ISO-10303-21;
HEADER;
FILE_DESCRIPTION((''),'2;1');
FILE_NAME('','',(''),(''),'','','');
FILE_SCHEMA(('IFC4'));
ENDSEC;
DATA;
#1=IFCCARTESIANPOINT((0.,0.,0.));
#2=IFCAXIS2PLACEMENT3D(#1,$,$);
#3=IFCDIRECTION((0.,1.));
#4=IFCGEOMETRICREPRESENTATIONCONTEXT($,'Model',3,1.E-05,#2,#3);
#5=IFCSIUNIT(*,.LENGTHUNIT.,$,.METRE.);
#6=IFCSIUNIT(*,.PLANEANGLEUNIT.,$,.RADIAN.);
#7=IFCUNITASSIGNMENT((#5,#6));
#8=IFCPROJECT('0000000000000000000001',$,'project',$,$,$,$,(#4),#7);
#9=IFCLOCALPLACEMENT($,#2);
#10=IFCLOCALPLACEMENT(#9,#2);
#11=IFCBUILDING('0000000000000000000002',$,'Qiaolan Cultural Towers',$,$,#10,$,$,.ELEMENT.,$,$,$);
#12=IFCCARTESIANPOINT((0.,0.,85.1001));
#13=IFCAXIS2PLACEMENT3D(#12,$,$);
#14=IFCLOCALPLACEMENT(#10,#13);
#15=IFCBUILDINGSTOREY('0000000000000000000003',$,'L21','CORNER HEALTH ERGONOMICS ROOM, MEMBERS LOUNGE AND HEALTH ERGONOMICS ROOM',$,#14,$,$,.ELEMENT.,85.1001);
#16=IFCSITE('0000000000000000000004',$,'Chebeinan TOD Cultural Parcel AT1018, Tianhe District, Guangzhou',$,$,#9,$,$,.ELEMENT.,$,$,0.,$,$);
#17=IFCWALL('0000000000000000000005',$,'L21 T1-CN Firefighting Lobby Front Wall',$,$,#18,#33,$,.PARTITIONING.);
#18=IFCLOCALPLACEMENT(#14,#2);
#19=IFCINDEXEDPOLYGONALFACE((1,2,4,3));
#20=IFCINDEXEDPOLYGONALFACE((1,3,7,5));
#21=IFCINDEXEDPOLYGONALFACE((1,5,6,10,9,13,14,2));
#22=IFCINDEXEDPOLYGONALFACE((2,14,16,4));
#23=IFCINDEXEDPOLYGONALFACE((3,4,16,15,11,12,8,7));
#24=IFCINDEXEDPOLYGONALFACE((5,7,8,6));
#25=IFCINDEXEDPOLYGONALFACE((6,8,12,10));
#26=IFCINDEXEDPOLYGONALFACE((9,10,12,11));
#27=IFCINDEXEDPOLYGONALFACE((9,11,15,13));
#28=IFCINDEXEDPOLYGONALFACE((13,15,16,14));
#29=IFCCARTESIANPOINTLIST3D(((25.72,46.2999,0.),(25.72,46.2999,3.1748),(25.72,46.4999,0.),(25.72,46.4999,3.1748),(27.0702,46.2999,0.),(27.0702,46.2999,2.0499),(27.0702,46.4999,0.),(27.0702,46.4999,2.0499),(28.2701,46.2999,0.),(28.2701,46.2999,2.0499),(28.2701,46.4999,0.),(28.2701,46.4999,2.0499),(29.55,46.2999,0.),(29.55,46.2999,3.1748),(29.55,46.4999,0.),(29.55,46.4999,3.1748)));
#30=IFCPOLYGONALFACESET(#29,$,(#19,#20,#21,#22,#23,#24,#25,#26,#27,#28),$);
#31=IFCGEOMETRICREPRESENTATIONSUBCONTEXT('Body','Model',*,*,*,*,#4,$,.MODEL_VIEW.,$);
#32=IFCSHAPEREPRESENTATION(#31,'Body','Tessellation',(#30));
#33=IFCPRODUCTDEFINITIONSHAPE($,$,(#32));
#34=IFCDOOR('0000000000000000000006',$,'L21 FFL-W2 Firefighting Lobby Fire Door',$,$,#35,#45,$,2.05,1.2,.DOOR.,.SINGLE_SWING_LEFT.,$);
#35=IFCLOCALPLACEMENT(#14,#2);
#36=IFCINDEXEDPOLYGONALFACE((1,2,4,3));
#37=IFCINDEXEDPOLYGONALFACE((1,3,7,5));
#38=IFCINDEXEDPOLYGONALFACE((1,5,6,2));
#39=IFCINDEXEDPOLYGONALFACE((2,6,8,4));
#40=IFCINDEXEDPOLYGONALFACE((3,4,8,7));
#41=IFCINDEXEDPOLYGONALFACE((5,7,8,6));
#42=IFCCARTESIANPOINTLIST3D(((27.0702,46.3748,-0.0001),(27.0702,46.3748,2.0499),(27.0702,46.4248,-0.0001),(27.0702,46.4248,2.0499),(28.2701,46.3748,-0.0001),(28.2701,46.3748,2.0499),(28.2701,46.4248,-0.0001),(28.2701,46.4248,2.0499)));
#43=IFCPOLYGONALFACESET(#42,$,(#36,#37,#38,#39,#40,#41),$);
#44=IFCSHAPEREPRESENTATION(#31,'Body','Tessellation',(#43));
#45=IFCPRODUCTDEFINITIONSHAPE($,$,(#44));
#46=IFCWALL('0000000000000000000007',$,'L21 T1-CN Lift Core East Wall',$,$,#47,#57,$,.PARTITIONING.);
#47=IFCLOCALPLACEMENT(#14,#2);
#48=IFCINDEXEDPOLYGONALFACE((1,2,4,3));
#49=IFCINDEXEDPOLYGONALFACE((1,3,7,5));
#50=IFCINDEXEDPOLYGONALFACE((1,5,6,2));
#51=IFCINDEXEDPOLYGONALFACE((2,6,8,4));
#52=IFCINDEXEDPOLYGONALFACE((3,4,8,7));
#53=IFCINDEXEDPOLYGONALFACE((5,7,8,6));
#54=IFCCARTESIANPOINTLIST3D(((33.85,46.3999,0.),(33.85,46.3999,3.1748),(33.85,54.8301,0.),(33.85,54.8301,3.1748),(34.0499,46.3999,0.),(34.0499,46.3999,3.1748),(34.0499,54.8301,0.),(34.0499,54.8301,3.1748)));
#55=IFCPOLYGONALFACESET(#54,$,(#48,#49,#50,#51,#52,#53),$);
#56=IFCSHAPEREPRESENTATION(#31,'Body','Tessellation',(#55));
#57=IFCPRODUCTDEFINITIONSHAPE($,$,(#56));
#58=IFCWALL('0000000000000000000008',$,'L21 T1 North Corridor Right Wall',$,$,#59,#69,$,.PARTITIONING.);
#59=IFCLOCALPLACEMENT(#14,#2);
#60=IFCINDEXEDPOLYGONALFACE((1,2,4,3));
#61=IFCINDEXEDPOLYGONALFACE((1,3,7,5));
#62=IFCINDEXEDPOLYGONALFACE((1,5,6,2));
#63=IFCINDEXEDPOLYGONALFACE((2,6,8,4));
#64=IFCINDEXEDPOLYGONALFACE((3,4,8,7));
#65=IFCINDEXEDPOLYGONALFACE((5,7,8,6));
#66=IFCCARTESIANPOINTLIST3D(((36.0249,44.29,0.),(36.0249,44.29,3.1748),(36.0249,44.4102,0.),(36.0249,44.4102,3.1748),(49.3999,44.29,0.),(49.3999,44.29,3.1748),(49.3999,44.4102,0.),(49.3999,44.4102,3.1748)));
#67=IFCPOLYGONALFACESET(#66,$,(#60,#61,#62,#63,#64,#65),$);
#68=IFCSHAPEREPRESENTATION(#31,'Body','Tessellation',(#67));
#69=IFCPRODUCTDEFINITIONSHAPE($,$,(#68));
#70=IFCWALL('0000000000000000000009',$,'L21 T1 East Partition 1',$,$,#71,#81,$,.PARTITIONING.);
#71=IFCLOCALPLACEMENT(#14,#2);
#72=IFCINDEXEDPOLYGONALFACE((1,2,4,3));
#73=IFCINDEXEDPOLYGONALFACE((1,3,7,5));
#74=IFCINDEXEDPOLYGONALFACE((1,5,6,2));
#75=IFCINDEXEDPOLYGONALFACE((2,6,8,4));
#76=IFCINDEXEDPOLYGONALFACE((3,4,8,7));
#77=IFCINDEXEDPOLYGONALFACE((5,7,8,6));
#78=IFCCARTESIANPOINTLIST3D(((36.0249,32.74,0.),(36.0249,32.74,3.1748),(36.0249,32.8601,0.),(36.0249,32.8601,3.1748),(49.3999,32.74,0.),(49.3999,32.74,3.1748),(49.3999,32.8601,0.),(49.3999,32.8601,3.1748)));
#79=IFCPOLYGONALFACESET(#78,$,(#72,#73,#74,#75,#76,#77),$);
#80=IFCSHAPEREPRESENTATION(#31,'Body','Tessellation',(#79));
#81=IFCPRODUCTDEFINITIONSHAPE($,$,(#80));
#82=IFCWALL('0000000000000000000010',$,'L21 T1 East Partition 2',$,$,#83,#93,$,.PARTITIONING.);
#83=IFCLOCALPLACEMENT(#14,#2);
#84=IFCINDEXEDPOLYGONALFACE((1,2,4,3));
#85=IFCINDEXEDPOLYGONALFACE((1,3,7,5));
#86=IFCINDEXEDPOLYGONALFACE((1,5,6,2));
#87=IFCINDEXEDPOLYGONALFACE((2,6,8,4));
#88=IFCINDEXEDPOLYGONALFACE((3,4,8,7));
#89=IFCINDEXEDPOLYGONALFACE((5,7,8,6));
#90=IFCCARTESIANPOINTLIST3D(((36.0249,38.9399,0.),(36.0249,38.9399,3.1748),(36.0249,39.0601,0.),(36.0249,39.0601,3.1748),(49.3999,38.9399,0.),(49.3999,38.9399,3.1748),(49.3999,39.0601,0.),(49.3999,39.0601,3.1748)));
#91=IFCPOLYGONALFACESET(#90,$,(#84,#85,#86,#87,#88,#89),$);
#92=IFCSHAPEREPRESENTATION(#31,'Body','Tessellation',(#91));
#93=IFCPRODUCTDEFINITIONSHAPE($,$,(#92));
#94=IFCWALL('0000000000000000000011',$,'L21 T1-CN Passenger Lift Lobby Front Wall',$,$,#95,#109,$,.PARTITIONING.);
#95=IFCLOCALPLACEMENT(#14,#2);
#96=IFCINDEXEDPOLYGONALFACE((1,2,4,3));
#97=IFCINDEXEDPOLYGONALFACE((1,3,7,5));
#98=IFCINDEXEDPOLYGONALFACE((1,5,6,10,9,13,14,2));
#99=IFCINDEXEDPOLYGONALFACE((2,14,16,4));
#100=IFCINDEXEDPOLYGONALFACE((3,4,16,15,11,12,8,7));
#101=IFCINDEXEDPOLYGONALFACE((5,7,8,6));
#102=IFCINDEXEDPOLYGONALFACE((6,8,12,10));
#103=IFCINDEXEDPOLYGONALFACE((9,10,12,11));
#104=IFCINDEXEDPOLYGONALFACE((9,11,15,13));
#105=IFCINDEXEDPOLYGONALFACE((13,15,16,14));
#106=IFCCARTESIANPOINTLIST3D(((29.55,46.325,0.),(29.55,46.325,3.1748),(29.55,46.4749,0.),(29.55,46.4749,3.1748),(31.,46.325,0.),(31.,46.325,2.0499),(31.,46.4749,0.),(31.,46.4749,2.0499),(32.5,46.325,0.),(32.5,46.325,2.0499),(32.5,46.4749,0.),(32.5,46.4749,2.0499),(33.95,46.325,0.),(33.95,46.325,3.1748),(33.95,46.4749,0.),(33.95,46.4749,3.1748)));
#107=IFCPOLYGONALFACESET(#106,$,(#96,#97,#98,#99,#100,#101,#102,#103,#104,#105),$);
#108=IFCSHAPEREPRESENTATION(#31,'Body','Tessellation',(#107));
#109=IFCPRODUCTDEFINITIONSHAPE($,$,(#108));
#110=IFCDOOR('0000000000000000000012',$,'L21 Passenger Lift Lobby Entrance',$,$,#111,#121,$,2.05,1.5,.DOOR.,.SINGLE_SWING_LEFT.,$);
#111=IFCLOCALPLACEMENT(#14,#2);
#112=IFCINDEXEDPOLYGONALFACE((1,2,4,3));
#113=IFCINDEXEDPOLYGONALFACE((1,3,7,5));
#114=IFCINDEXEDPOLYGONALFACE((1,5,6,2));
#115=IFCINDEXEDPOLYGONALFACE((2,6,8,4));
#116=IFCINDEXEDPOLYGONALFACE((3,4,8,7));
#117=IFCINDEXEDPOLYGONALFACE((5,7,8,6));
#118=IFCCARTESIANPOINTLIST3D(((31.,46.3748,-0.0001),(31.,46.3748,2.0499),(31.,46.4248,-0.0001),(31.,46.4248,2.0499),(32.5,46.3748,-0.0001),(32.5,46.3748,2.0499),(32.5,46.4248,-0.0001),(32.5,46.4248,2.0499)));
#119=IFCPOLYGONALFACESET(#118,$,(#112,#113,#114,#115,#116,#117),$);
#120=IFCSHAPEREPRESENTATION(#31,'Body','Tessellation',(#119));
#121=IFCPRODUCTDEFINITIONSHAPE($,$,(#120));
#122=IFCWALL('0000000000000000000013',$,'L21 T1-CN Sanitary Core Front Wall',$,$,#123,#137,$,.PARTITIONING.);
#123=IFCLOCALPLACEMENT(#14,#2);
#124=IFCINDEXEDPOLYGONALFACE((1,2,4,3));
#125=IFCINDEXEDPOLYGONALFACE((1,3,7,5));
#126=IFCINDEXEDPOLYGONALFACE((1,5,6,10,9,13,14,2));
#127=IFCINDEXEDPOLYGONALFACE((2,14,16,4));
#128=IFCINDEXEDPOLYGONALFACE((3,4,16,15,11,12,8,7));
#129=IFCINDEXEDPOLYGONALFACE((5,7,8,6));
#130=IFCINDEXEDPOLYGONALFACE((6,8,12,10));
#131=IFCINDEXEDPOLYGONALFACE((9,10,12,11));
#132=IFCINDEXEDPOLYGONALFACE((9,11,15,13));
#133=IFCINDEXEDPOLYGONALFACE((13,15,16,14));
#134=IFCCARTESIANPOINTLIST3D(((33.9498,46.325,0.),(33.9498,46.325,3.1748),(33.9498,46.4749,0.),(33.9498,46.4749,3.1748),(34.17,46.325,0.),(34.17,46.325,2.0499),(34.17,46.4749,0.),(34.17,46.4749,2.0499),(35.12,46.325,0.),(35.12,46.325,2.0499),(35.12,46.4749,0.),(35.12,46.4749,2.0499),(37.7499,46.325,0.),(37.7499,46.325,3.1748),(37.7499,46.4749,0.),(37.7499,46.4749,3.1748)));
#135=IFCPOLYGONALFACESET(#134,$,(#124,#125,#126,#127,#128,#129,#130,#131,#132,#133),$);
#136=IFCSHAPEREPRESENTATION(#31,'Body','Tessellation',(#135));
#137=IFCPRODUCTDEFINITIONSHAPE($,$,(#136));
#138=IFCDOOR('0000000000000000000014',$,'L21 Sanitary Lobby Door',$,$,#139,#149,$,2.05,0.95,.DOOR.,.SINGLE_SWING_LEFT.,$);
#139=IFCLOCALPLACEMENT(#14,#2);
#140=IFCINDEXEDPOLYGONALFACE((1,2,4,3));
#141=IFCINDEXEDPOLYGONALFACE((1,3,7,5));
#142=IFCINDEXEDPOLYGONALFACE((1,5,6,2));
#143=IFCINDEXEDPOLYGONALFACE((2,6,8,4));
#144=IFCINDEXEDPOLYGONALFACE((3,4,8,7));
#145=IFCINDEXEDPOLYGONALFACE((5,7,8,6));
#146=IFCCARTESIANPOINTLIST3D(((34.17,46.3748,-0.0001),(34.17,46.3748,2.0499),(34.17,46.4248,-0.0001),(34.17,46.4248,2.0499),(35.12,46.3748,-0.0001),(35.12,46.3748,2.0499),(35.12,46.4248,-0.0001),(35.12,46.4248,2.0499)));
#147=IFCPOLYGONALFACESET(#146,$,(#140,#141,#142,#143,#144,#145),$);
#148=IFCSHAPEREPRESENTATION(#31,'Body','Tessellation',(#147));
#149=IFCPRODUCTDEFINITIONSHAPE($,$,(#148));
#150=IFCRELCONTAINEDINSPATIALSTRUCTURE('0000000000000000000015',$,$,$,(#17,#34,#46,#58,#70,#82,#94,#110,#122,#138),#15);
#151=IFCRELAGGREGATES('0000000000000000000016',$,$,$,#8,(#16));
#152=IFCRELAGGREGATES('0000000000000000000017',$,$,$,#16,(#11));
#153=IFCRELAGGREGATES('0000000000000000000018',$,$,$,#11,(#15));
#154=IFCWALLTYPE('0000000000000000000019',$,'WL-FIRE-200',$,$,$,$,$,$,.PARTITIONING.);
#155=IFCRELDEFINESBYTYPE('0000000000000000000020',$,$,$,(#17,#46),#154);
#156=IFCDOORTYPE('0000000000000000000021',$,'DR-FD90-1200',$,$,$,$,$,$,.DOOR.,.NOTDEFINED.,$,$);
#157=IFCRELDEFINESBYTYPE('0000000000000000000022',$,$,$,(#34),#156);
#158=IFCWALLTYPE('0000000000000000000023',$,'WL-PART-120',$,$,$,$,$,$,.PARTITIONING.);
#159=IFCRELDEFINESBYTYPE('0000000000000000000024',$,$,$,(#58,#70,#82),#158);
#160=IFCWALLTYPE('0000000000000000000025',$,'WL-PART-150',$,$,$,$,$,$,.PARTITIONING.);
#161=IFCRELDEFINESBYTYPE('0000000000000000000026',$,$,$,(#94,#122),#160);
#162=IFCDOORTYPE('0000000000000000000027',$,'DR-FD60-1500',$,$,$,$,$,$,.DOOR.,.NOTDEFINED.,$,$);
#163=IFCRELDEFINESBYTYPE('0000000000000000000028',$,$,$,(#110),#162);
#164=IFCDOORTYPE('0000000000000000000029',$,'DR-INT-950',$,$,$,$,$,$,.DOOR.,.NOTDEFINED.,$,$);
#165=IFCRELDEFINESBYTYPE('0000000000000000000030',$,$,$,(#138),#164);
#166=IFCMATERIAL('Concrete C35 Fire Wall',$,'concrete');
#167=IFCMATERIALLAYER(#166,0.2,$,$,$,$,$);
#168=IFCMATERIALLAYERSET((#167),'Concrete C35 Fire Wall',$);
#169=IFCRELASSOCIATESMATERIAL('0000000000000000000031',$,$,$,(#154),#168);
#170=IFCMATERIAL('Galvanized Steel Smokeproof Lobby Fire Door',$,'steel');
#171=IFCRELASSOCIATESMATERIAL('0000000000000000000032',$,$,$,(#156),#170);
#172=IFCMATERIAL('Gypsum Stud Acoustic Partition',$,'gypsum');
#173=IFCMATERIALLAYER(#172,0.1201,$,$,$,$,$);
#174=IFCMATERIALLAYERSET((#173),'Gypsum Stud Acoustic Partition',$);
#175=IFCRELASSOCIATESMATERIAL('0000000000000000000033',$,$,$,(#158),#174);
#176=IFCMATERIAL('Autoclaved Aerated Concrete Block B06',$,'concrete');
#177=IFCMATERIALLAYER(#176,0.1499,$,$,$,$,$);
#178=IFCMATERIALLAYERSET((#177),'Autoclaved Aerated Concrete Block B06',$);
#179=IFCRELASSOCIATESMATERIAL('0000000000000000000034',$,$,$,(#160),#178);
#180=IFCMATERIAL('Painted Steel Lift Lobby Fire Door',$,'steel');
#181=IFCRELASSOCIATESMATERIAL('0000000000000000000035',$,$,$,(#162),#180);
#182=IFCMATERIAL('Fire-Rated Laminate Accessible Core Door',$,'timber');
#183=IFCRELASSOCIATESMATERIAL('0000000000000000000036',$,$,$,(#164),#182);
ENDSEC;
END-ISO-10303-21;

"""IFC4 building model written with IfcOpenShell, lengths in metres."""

from ifc_helpers import new_model, si_unit, direction, frame, frame_2d, origin, place, context, subcontext, project, spatial, rectangle, extrude, material, layer, layer_set, type_object, element, fill, save


model = new_model("IFC4")

# Units and contexts
model_context = context("Model", 3, precision=1e-05, world=origin(), true_north=direction((0.0, 1.0)))
body_context = subcontext(model_context, "Body", "Model", "MODEL_VIEW")
ifc_project = project(units=[si_unit("LENGTHUNIT", "METRE"), si_unit("PLANEANGLEUNIT", "RADIAN")], contexts=[model_context])

# Site, building, storey
site_placement = place(None, origin())
site = spatial("IfcSite", under=ifc_project, at=site_placement, Name="Chebeinan TOD Cultural Parcel AT1018, Tianhe District, Guangzhou", CompositionType="ELEMENT", RefElevation=0.0)
building_placement = place(site_placement, origin())
building = spatial("IfcBuilding", under=site, at=building_placement, Name="Qiaolan Cultural Towers", CompositionType="ELEMENT")
storey_placement = place(building_placement, frame((0.0, 0.0, 85.1001)))
storey = spatial("IfcBuildingStorey", under=building, at=storey_placement, Name="L21", Description="CORNER HEALTH ERGONOMICS ROOM, MEMBERS LOUNGE AND HEALTH ERGONOMICS ROOM", CompositionType="ELEMENT", Elevation=85.1001)

# Shared definitions
ifc_material_1 = material(Name="Concrete C35 Fire Wall", Category="concrete")
ifc_layer_1 = layer(ifc_material_1, 0.2)
ifc_layer_set_1 = layer_set([ifc_layer_1], Name="Concrete C35 Fire Wall")
wall_type_1 = type_object("IfcWallType", Name="WL-FIRE-200", PredefinedType="PARTITIONING", material=ifc_layer_set_1)

# Wall, opening, door
wall_1_placement = place(storey_placement, frame((25.72, 46.3999, 0.0), z_axis=(0.0, 0.0, 1.0), x_axis=(1.0, 0.0, 0.0)))
wall_1 = element("IfcWall", 1, at=wall_1_placement, inside=storey, type_object=wall_type_1, Name="L21 T1-CN Firefighting Lobby Front Wall", PredefinedType="PARTITIONING", context=body_context, shape_type="SweptSolid", body=[
    extrude(rectangle(XDim=3.8301, YDim=0.2, at=frame_2d((1.915, 0.0))), origin(), (0.0, 0.0, 1.0), 3.1748),
])
opening_1_placement = place(wall_1_placement, frame((1.3501, 0.0, 0.0)))
opening_1 = element("IfcOpeningElement", 2, at=opening_1_placement, cuts=wall_1, PredefinedType="OPENING", context=body_context, shape_type="SweptSolid", body=[
    extrude(rectangle(XDim=1.2, YDim=2.05, at=frame_2d((0.6001, 1.0249))), frame((0.0, 0.1099, 0.0), z_axis=(0.0, -1.0, 0.0), x_axis=(1.0, 0.0, 0.0)), (0.0, 0.0, 1.0), 0.22),
])
ifc_material_2 = material(Name="Galvanized Steel Smokeproof Lobby Fire Door", Category="steel")
door_type_1 = type_object("IfcDoorType", Name="DR-FD90-1200", OperationType="NOTDEFINED", PredefinedType="DOOR", material=ifc_material_2)
door_1_placement = place(opening_1_placement, origin())
door_1 = element("IfcDoor", 3, at=door_1_placement, inside=storey, type_object=door_type_1, Name="L21 FFL-W2 Firefighting Lobby Fire Door", OperationType="SINGLE_SWING_LEFT", OverallHeight=2.05, OverallWidth=1.2, PredefinedType="DOOR", context=body_context, shape_type="SweptSolid", body=[
    extrude(rectangle(XDim=1.2, YDim=2.05, at=frame_2d((0.6001, 1.0249))), frame((0.0, 0.0249, 0.0), z_axis=(0.0, -1.0, 0.0), x_axis=(1.0, 0.0, 0.0)), (0.0, 0.0, 1.0), 0.05),
])
fill(opening_1, door_1)

# Walls
wall_2_placement = place(storey_placement, frame((33.95, 46.3999, 0.0), z_axis=(0.0, 0.0, 1.0), x_axis=(0.0, 1.0, 0.0)))
element("IfcWall", 4, at=wall_2_placement, inside=storey, type_object=wall_type_1, Name="L21 T1-CN Lift Core East Wall", PredefinedType="PARTITIONING", context=body_context, shape_type="SweptSolid", body=[
    extrude(rectangle(XDim=8.4302, YDim=0.2, at=frame_2d((4.2151, 0.0))), origin(), (0.0, 0.0, 1.0), 3.1748),
])
ifc_material_3 = material(Name="Gypsum Stud Acoustic Partition", Category="gypsum")
ifc_layer_2 = layer(ifc_material_3, 0.1201)
ifc_layer_set_2 = layer_set([ifc_layer_2], Name="Gypsum Stud Acoustic Partition")
wall_type_2 = type_object("IfcWallType", Name="WL-PART-120", PredefinedType="PARTITIONING", material=ifc_layer_set_2)
for number, where, z_axis, x_axis, name in (
    (5, (36.0249, 44.3501, 0.0), (0.0, 0.0, 1.0), (1.0, 0.0, 0.0), "L21 T1 North Corridor Right Wall"),
    (6, (36.0249, 32.8, 0.0), (0.0, 0.0, 1.0), (1.0, 0.0, 0.0), "L21 T1 East Partition 1"),
    (7, (36.0249, 39.0, 0.0), (0.0, 0.0, 1.0), (1.0, 0.0, 0.0), "L21 T1 East Partition 2"),
):
    element("IfcWall", number, at=place(storey_placement, frame(where, z_axis=z_axis, x_axis=x_axis)), inside=storey, type_object=wall_type_2, Name=name, PredefinedType="PARTITIONING", context=body_context, shape_type="SweptSolid", body=[
        extrude(rectangle(XDim=13.375, YDim=0.1201, at=frame_2d((6.6875, 0.0))), origin(), (0.0, 0.0, 1.0), 3.1748),
    ])

# Walls, openings, doors
ifc_material_4 = material(Name="Autoclaved Aerated Concrete Block B06", Category="concrete")
ifc_layer_3 = layer(ifc_material_4, 0.1499)
ifc_layer_set_3 = layer_set([ifc_layer_3], Name="Autoclaved Aerated Concrete Block B06")
wall_type_3 = type_object("IfcWallType", Name="WL-PART-150", PredefinedType="PARTITIONING", material=ifc_layer_set_3)
wall_3_placement = place(storey_placement, frame((29.55, 46.3999, 0.0), z_axis=(0.0, 0.0, 1.0), x_axis=(1.0, 0.0, 0.0)))
wall_3 = element("IfcWall", 8, at=wall_3_placement, inside=storey, type_object=wall_type_3, Name="L21 T1-CN Passenger Lift Lobby Front Wall", PredefinedType="PARTITIONING", context=body_context, shape_type="SweptSolid", body=[
    extrude(rectangle(XDim=4.3999, YDim=0.1499, at=frame_2d((2.2, 0.0))), origin(), (0.0, 0.0, 1.0), 3.1748),
])
opening_2_placement = place(wall_3_placement, frame((1.45, 0.0, 0.0)))
opening_2 = element("IfcOpeningElement", 9, at=opening_2_placement, cuts=wall_3, PredefinedType="OPENING", context=body_context, shape_type="SweptSolid", body=[
    extrude(rectangle(XDim=1.5, YDim=2.05, at=frame_2d((0.75, 1.0249))), frame((0.0, 0.085, 0.0), z_axis=(0.0, -1.0, 0.0), x_axis=(1.0, 0.0, 0.0)), (0.0, 0.0, 1.0), 0.1699),
])
ifc_material_5 = material(Name="Painted Steel Lift Lobby Fire Door", Category="steel")
door_type_2 = type_object("IfcDoorType", Name="DR-FD60-1500", OperationType="NOTDEFINED", PredefinedType="DOOR", material=ifc_material_5)
door_2_placement = place(opening_2_placement, origin())
door_2 = element("IfcDoor", 10, at=door_2_placement, inside=storey, type_object=door_type_2, Name="L21 Passenger Lift Lobby Entrance", OperationType="SINGLE_SWING_LEFT", OverallHeight=2.05, OverallWidth=1.5, PredefinedType="DOOR", context=body_context, shape_type="SweptSolid", body=[
    extrude(rectangle(XDim=1.5, YDim=2.05, at=frame_2d((0.75, 1.0249))), frame((0.0, 0.0249, 0.0), z_axis=(0.0, -1.0, 0.0), x_axis=(1.0, 0.0, 0.0)), (0.0, 0.0, 1.0), 0.05),
])
fill(opening_2, door_2)
wall_4_placement = place(storey_placement, frame((33.95, 46.3999, 0.0), z_axis=(0.0, 0.0, 1.0), x_axis=(1.0, 0.0, 0.0)))
wall_4 = element("IfcWall", 11, at=wall_4_placement, inside=storey, type_object=wall_type_3, Name="L21 T1-CN Sanitary Core Front Wall", PredefinedType="PARTITIONING", context=body_context, shape_type="SweptSolid", body=[
    extrude(rectangle(XDim=3.8, YDim=0.1499, at=frame_2d((1.8999, 0.0))), origin(), (0.0, 0.0, 1.0), 3.1748),
])
opening_3_placement = place(wall_4_placement, frame((0.22, 0.0, 0.0)))
opening_3 = element("IfcOpeningElement", 12, at=opening_3_placement, cuts=wall_4, PredefinedType="OPENING", context=body_context, shape_type="SweptSolid", body=[
    extrude(rectangle(XDim=0.95, YDim=2.05, at=frame_2d((0.4751, 1.0249))), frame((0.0, 0.085, 0.0), z_axis=(0.0, -1.0, 0.0), x_axis=(1.0, 0.0, 0.0)), (0.0, 0.0, 1.0), 0.1699),
])
ifc_material_6 = material(Name="Fire-Rated Laminate Accessible Core Door", Category="timber")
door_type_3 = type_object("IfcDoorType", Name="DR-INT-950", OperationType="NOTDEFINED", PredefinedType="DOOR", material=ifc_material_6)
door_3_placement = place(opening_3_placement, origin())
door_3 = element("IfcDoor", 13, at=door_3_placement, inside=storey, type_object=door_type_3, Name="L21 Sanitary Lobby Door", OperationType="SINGLE_SWING_LEFT", OverallHeight=2.05, OverallWidth=0.95, PredefinedType="DOOR", context=body_context, shape_type="SweptSolid", body=[
    extrude(rectangle(XDim=0.95, YDim=2.05, at=frame_2d((0.4751, 1.0249))), frame((0.0, 0.0249, 0.0), z_axis=(0.0, -1.0, 0.0), x_axis=(1.0, 0.0, 0.0)), (0.0, 0.0, 1.0), 0.05),
])
fill(opening_3, door_3)

save(model, "model.ifc")
